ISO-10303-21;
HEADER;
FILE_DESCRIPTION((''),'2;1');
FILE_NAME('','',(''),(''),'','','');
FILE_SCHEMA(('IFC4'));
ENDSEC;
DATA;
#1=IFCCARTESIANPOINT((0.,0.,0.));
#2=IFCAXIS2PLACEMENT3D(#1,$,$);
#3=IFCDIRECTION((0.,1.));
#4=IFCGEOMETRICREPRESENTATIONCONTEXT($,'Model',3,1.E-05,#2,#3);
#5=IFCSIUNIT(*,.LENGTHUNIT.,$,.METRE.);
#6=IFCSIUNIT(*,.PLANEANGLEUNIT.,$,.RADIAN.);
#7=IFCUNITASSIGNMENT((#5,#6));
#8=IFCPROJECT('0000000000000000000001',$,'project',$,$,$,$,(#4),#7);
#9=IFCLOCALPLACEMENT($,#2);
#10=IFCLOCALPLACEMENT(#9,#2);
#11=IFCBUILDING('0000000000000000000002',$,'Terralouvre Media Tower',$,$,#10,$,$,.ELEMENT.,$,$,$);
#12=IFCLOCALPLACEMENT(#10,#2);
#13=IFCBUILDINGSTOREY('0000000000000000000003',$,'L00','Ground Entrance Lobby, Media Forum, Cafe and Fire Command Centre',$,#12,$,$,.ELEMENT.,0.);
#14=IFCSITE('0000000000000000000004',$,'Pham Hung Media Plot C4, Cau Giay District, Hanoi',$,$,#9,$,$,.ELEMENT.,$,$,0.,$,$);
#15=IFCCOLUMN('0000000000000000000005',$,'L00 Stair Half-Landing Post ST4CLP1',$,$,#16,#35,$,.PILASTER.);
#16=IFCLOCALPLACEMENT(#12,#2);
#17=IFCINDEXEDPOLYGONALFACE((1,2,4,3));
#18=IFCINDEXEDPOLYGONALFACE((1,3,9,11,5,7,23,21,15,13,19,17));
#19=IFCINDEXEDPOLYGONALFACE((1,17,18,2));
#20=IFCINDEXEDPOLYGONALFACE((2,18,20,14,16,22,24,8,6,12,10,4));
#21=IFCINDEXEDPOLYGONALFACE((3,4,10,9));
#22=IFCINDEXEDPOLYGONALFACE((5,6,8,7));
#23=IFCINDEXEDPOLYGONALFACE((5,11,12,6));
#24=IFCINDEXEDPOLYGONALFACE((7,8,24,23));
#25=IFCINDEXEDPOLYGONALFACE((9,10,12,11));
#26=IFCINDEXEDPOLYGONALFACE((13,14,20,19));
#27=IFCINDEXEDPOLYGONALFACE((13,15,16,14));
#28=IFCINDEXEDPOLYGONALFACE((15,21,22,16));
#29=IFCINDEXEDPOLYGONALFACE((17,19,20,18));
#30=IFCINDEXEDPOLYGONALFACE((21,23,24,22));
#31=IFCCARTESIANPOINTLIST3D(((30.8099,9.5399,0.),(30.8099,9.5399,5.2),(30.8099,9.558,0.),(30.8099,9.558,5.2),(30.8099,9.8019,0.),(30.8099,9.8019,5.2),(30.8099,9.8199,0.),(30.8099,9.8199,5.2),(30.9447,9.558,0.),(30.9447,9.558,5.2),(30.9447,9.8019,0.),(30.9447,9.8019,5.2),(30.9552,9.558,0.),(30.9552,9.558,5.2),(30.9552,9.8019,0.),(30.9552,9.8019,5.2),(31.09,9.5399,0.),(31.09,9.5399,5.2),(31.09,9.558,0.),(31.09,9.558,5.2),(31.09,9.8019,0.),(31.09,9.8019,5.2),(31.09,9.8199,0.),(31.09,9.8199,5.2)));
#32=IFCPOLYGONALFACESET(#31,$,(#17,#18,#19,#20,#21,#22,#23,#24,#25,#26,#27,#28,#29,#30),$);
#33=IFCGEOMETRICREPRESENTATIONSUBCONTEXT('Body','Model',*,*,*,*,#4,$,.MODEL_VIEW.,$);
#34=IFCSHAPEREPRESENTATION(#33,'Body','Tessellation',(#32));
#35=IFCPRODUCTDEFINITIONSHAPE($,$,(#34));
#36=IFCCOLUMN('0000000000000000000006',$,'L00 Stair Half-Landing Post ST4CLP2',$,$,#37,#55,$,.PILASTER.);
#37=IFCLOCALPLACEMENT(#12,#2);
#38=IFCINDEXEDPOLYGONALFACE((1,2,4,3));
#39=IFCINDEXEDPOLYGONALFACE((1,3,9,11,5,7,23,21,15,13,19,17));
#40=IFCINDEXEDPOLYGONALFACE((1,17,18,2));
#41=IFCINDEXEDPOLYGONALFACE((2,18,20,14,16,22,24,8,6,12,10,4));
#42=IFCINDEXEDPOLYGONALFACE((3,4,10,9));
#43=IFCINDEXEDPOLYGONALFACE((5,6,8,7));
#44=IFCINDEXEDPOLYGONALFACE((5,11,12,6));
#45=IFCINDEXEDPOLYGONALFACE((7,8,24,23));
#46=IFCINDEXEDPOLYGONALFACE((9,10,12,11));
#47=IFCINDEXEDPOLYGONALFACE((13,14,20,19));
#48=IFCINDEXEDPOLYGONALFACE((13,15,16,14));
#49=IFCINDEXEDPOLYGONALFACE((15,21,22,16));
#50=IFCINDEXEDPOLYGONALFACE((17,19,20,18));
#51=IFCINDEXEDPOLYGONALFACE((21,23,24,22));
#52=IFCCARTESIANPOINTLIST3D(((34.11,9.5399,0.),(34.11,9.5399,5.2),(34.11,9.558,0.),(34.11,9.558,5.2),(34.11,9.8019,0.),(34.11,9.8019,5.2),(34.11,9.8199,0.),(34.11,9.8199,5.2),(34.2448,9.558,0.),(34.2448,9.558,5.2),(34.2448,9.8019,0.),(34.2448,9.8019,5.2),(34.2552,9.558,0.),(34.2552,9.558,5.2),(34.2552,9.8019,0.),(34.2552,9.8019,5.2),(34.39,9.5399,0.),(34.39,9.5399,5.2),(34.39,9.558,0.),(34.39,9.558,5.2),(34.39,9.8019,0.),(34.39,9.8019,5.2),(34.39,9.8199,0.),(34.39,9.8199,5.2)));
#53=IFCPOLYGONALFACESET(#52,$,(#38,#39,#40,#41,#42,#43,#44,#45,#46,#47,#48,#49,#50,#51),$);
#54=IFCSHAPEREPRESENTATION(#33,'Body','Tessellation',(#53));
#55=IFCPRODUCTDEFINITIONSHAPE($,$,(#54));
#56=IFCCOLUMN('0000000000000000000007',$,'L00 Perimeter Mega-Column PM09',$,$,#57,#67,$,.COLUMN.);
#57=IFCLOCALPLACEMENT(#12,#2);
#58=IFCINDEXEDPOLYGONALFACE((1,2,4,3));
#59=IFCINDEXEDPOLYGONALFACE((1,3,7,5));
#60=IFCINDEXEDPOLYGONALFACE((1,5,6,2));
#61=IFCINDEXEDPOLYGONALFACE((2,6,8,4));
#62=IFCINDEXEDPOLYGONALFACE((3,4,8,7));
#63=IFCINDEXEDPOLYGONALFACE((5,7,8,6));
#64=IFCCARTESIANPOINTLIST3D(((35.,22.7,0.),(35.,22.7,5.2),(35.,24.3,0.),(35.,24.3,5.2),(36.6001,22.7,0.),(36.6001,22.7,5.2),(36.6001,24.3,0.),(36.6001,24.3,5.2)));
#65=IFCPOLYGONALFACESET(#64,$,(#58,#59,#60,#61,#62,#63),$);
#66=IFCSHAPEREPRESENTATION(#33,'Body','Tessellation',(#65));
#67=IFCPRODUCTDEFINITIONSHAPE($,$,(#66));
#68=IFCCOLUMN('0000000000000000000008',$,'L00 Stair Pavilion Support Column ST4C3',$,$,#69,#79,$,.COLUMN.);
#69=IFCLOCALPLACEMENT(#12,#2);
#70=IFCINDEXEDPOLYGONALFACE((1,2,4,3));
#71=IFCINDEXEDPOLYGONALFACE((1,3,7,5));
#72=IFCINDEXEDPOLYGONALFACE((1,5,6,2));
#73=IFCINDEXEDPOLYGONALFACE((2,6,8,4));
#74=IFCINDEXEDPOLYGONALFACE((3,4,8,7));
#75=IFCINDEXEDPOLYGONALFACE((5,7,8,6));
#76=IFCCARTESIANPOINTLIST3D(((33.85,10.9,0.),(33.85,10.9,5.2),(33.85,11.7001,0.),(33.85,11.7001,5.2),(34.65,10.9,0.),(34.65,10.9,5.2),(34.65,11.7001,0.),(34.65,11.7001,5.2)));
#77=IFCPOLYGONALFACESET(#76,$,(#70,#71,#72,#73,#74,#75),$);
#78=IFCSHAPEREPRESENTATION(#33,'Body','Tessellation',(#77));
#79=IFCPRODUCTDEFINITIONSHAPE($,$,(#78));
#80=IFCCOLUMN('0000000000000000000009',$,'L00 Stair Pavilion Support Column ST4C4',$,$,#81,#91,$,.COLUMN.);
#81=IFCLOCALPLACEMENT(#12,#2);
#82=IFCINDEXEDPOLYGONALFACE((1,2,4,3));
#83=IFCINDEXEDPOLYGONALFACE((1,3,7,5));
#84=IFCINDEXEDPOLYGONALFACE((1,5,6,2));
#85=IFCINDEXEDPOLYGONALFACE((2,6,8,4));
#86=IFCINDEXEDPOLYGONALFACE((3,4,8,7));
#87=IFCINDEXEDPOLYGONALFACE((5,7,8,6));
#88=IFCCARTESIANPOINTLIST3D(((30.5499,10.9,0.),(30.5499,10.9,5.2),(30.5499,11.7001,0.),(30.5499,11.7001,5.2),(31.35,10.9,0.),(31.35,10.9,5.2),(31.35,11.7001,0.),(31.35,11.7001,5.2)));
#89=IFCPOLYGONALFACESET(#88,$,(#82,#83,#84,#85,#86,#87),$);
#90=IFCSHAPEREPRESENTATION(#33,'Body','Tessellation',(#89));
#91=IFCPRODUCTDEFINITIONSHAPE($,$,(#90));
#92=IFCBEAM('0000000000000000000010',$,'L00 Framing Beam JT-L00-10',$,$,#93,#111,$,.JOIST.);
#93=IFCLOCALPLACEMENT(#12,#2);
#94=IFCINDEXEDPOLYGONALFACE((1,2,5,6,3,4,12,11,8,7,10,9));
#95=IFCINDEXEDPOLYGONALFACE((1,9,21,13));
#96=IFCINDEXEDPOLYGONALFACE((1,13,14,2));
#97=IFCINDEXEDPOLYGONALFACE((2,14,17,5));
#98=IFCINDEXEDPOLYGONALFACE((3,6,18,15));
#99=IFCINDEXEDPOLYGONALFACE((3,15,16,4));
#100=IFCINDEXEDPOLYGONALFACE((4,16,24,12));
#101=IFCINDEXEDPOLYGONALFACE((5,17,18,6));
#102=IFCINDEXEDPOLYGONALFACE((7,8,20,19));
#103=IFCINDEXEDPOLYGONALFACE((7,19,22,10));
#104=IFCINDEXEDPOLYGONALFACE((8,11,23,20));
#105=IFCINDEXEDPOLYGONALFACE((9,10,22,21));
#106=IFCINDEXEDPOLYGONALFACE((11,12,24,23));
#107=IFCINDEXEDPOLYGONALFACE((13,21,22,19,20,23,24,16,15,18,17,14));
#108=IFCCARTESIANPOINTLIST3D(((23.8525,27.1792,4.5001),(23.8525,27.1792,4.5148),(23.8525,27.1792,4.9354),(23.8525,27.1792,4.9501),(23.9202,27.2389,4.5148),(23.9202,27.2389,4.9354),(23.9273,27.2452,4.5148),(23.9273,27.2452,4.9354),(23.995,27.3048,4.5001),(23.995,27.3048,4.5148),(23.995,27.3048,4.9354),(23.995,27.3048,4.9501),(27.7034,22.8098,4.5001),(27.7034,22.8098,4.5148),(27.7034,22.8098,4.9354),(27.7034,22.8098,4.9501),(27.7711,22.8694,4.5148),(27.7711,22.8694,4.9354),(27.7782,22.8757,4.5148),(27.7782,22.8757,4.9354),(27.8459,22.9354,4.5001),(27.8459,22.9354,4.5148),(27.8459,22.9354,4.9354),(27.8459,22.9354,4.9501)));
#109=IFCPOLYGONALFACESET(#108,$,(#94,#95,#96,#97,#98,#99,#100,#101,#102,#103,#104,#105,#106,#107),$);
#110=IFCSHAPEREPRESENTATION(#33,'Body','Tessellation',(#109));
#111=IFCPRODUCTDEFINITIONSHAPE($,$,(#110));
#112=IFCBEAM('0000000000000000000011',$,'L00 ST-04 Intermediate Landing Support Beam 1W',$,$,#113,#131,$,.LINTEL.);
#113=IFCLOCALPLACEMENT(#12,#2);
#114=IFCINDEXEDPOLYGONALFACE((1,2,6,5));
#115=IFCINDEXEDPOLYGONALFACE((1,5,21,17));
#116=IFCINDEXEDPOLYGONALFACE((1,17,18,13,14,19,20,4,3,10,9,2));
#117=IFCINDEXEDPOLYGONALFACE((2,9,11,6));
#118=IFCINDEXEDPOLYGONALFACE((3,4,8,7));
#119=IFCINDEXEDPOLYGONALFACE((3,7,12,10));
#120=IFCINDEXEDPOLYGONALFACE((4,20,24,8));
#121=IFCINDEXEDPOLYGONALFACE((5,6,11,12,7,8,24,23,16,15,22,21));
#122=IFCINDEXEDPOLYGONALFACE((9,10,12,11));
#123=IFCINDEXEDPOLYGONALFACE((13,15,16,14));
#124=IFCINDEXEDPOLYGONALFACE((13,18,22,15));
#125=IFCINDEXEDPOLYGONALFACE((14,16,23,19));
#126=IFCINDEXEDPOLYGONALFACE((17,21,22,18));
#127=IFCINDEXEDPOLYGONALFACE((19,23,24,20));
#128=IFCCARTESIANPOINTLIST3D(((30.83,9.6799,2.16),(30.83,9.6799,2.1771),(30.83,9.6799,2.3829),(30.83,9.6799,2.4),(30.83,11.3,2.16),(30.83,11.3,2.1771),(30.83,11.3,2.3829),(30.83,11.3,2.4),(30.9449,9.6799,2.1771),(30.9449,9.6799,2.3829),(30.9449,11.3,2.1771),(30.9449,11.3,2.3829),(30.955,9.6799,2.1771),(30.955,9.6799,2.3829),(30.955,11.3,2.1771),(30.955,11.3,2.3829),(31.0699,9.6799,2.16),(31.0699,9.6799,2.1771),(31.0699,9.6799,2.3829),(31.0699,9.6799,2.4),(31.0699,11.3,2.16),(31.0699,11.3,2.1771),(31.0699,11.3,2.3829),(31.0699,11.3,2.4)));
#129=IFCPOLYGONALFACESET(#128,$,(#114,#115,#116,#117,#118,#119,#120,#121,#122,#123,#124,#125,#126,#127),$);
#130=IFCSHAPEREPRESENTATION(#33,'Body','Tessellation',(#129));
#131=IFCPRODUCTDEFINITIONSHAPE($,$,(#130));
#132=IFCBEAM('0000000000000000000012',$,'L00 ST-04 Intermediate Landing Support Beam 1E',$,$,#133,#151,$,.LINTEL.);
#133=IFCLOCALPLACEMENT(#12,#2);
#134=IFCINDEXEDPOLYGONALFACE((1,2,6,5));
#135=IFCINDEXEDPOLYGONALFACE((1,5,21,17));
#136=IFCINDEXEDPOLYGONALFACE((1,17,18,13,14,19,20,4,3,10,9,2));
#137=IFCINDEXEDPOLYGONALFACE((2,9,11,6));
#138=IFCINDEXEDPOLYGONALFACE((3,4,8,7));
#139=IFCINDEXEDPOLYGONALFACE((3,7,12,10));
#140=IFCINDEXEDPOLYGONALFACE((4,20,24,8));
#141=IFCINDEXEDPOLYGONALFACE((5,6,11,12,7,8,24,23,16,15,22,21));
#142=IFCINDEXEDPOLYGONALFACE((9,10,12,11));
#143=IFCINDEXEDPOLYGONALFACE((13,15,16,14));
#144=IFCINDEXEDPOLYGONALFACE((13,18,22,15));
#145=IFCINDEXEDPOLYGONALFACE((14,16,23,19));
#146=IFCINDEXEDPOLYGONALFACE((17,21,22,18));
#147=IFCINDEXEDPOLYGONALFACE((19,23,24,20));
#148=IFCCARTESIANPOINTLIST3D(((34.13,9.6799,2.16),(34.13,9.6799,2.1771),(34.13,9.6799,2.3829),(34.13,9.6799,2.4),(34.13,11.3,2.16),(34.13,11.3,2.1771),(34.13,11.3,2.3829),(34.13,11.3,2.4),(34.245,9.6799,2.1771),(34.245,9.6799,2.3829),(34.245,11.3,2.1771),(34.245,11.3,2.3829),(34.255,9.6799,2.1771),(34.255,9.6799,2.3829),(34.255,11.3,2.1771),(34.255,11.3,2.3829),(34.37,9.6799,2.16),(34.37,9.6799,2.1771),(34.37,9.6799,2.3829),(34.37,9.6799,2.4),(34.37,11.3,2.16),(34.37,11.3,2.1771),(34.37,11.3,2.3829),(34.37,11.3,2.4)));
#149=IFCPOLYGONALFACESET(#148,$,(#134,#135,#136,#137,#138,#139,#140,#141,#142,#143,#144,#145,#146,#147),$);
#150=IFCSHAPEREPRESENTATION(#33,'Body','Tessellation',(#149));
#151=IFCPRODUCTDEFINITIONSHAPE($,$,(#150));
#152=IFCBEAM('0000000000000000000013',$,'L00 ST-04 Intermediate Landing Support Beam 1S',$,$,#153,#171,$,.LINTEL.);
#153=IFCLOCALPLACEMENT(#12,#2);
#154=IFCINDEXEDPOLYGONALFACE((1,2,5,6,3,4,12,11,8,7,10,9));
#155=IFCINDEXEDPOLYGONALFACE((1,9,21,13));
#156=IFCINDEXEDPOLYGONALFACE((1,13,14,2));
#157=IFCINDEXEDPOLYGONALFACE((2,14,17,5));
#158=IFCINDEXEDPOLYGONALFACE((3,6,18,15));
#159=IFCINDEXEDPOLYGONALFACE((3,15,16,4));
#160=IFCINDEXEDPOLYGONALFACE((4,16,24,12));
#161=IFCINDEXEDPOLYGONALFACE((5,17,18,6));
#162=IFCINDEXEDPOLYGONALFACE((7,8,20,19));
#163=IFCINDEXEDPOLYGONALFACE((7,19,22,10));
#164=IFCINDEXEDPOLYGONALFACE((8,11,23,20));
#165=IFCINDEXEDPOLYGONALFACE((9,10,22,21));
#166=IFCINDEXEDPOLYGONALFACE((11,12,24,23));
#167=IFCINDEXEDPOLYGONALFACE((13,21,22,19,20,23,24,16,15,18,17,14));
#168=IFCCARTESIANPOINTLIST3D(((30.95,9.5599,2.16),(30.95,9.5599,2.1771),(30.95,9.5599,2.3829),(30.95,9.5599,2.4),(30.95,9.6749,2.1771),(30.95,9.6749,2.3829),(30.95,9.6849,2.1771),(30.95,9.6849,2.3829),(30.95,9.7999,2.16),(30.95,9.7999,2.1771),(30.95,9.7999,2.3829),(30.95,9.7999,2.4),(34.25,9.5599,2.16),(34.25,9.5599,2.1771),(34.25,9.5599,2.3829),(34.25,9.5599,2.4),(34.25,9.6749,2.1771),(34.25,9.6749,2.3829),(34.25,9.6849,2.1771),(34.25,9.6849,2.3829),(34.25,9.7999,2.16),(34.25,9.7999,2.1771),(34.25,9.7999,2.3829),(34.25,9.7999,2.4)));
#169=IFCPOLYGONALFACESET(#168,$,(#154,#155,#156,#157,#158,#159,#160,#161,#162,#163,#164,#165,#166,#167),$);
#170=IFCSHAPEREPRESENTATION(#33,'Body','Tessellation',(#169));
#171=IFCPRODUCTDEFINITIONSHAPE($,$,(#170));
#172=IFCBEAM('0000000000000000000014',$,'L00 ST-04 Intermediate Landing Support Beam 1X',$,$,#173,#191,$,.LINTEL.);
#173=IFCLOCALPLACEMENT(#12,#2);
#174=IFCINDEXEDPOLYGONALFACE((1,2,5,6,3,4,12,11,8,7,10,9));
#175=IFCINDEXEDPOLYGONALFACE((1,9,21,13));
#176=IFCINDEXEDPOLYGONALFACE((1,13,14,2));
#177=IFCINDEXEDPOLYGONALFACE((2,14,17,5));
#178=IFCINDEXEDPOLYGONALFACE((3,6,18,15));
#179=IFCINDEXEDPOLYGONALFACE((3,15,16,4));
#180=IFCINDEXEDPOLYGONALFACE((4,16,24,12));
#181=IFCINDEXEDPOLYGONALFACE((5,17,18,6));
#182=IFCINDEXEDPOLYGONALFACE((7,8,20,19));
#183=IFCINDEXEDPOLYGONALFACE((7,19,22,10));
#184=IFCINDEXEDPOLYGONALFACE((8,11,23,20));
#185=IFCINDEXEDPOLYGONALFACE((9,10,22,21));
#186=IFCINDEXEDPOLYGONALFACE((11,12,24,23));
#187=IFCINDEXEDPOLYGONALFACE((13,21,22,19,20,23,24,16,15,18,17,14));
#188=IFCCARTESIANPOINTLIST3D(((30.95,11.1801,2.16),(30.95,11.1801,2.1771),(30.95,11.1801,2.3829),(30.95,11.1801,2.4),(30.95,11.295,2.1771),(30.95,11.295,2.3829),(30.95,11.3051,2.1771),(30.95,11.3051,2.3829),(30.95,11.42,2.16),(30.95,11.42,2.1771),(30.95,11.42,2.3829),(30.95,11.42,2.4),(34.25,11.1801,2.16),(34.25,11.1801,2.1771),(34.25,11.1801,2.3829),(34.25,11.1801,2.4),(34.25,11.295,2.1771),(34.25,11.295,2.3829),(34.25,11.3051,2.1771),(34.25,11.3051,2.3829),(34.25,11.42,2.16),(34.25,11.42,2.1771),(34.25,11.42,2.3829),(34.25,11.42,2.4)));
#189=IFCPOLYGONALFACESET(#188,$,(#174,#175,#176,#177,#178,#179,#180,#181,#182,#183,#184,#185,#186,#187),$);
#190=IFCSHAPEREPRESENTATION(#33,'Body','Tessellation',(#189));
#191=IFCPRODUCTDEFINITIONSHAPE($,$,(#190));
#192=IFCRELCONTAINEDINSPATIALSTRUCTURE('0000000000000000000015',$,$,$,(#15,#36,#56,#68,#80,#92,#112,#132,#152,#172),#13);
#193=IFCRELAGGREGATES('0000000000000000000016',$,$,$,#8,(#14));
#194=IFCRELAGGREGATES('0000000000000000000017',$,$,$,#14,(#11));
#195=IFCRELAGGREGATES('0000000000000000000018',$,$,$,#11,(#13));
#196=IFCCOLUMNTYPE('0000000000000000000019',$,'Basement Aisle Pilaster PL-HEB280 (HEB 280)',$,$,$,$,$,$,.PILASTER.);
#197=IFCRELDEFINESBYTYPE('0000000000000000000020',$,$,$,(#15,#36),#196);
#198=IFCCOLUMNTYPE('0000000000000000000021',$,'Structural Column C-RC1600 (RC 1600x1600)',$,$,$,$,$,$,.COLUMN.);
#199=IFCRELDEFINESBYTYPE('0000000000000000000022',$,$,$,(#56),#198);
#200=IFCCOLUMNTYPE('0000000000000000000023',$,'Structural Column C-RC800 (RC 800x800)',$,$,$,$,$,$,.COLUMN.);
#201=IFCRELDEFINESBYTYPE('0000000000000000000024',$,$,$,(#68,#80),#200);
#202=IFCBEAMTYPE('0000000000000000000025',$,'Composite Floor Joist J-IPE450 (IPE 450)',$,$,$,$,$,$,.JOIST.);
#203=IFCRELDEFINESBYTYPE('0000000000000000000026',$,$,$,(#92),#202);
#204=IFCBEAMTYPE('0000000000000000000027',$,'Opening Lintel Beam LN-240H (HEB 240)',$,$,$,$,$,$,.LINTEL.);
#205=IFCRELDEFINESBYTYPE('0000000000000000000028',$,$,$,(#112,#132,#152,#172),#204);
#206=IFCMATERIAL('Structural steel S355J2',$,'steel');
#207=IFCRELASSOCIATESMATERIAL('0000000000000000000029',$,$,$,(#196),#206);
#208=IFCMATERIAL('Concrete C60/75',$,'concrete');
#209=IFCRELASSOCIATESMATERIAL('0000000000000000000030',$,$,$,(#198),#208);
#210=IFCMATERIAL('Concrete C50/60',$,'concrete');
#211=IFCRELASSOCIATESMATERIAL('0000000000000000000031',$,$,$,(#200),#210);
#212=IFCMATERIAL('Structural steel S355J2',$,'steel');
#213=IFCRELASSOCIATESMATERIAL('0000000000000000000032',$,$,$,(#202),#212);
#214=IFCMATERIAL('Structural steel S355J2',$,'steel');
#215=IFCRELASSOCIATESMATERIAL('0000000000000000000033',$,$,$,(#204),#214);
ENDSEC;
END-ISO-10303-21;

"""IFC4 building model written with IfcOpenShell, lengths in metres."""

from ifc_helpers import new_model, si_unit, direction, frame, origin, origin_2d, place, context, subcontext, project, spatial, rectangle, i_section, extrude, material, material_profile, profile_set, type_object, element, save


model = new_model("IFC4")

# Units and contexts
model_context = context("Model", 3, precision=1e-05, world=origin(), true_north=direction((0.0, 1.0)))
body_context = subcontext(model_context, "Body", "Model", "MODEL_VIEW")
ifc_project = project(units=[si_unit("LENGTHUNIT", "METRE"), si_unit("PLANEANGLEUNIT", "RADIAN")], contexts=[model_context])

# Site, building, storey
site_placement = place(None, origin())
site = spatial("IfcSite", under=ifc_project, at=site_placement, Name="Pham Hung Media Plot C4, Cau Giay District, Hanoi", CompositionType="ELEMENT", RefElevation=0.0)
building_placement = place(site_placement, origin())
building = spatial("IfcBuilding", under=site, at=building_placement, Name="Terralouvre Media Tower", CompositionType="ELEMENT")
storey_placement = place(building_placement, origin())
storey = spatial("IfcBuildingStorey", under=building, at=storey_placement, Name="L00", Description="Ground Entrance Lobby, Media Forum, Cafe and Fire Command Centre", CompositionType="ELEMENT", Elevation=0.0)

# Columns
ifc_material_1 = material(Name="Structural steel S355J2", Category="steel")
ifc_material_profile_1 = material_profile(ifc_material_1, i_section(OverallWidth=0.28, OverallDepth=0.28, WebThickness=0.0105, FlangeThickness=0.0181, at=origin_2d()), Name="HEB 280")
ifc_profile_set_1 = profile_set([ifc_material_profile_1], Name="Structural steel S355J2")
column_type_1 = type_object("IfcColumnType", Name="Basement Aisle Pilaster PL-HEB280 (HEB 280)", PredefinedType="PILASTER", material=ifc_profile_set_1)
for number, where, z_axis, x_axis, name in (
    (1, (30.95, 9.6799, 0.0), (0.0, 0.0, 1.0), (1.0, 0.0, 0.0), "L00 Stair Half-Landing Post ST4CLP1"),
    (2, (34.25, 9.6799, 0.0), (0.0, 0.0, 1.0), (1.0, 0.0, 0.0), "L00 Stair Half-Landing Post ST4CLP2"),
):
    element("IfcColumn", number, at=place(storey_placement, frame(where, z_axis=z_axis, x_axis=x_axis)), inside=storey, type_object=column_type_1, Name=name, PredefinedType="PILASTER", context=body_context, shape_type="SweptSolid", body=[
        extrude(i_section(OverallWidth=0.28, OverallDepth=0.28, WebThickness=0.0105, FlangeThickness=0.0181, at=origin_2d()), origin(), (0.0, 0.0, 1.0), 5.2),
    ])
ifc_material_2 = material(Name="Concrete C60/75", Category="concrete")
ifc_material_profile_2 = material_profile(ifc_material_2, rectangle(XDim=1.6001, YDim=1.6001, at=origin_2d()), Name="RC 1600x1600")
ifc_profile_set_2 = profile_set([ifc_material_profile_2], Name="Concrete C60/75")
column_type_2 = type_object("IfcColumnType", Name="Structural Column C-RC1600 (RC 1600x1600)", PredefinedType="COLUMN", material=ifc_profile_set_2)
column_placement = place(storey_placement, frame((35.8, 23.5, 0.0), z_axis=(0.0, 0.0, 1.0), x_axis=(1.0, 0.0, 0.0)))
element("IfcColumn", 3, at=column_placement, inside=storey, type_object=column_type_2, Name="L00 Perimeter Mega-Column PM09", PredefinedType="COLUMN", context=body_context, shape_type="SweptSolid", body=[
    extrude(rectangle(XDim=1.6001, YDim=1.6001, at=origin_2d()), origin(), (0.0, 0.0, 1.0), 5.2),
])
ifc_material_3 = material(Name="Concrete C50/60", Category="concrete")
ifc_material_profile_3 = material_profile(ifc_material_3, rectangle(XDim=0.8, YDim=0.8, at=origin_2d()), Name="RC 800x800")
ifc_profile_set_3 = profile_set([ifc_material_profile_3], Name="Concrete C50/60")
column_type_3 = type_object("IfcColumnType", Name="Structural Column C-RC800 (RC 800x800)", PredefinedType="COLUMN", material=ifc_profile_set_3)
for number, where, z_axis, x_axis, name in (
    (4, (34.25, 11.3, 0.0), (0.0, 0.0, 1.0), (1.0, 0.0, 0.0), "L00 Stair Pavilion Support Column ST4C3"),
    (5, (30.95, 11.3, 0.0), (0.0, 0.0, 1.0), (1.0, 0.0, 0.0), "L00 Stair Pavilion Support Column ST4C4"),
):
    element("IfcColumn", number, at=place(storey_placement, frame(where, z_axis=z_axis, x_axis=x_axis)), inside=storey, type_object=column_type_3, Name=name, PredefinedType="COLUMN", context=body_context, shape_type="SweptSolid", body=[
        extrude(rectangle(XDim=0.8, YDim=0.8, at=origin_2d()), origin(), (0.0, 0.0, 1.0), 5.2),
    ])

# Beams
ifc_material_4 = material(Name="Structural steel S355J2", Category="steel")
ifc_material_profile_4 = material_profile(ifc_material_4, i_section(OverallWidth=0.1899, OverallDepth=0.45, WebThickness=0.0095, FlangeThickness=0.0146, at=origin_2d()), Name="IPE 450")
ifc_profile_set_4 = profile_set([ifc_material_profile_4], Name="Structural steel S355J2")
beam_type_1 = type_object("IfcBeamType", Name="Composite Floor Joist J-IPE450 (IPE 450)", PredefinedType="JOIST", material=ifc_profile_set_4)
beam_1_placement = place(storey_placement, frame((27.7747, 22.8726, 4.7251), z_axis=(-0.661186, 0.750222, 0.0), x_axis=(-0.750222, -0.661186, 0.0)))
element("IfcBeam", 6, at=beam_1_placement, inside=storey, type_object=beam_type_1, Name="L00 Framing Beam JT-L00-10", PredefinedType="JOIST", context=body_context, shape_type="SweptSolid", body=[
    extrude(i_section(OverallWidth=0.1899, OverallDepth=0.45, WebThickness=0.0095, FlangeThickness=0.0146, at=origin_2d()), origin(), (0.0, 0.0, 1.0), 5.8242),
])
ifc_material_5 = material(Name="Structural steel S355J2", Category="steel")
ifc_material_profile_5 = material_profile(ifc_material_5, i_section(OverallWidth=0.24, OverallDepth=0.24, WebThickness=0.01, FlangeThickness=0.0171, at=origin_2d()), Name="HEB 240")
ifc_profile_set_5 = profile_set([ifc_material_profile_5], Name="Structural steel S355J2")
beam_type_2 = type_object("IfcBeamType", Name="Opening Lintel Beam LN-240H (HEB 240)", PredefinedType="LINTEL", material=ifc_profile_set_5)
for number, where, z_axis, x_axis, name in (
    (7, (30.95, 9.6799, 2.28), (0.0, 1.0, 0.0), (-1.0, 0.0, 0.0), "L00 ST-04 Intermediate Landing Support Beam 1W"),
    (8, (34.25, 9.6799, 2.28), (0.0, 1.0, 0.0), (-1.0, 0.0, 0.0), "L00 ST-04 Intermediate Landing Support Beam 1E"),
):
    element("IfcBeam", number, at=place(storey_placement, frame(where, z_axis=z_axis, x_axis=x_axis)), inside=storey, type_object=beam_type_2, Name=name, PredefinedType="LINTEL", context=body_context, shape_type="SweptSolid", body=[
        extrude(i_section(OverallWidth=0.24, OverallDepth=0.24, WebThickness=0.01, FlangeThickness=0.0171, at=origin_2d()), origin(), (0.0, 0.0, 1.0), 1.6201),
    ])
for number, where, z_axis, x_axis, name in (
    (9, (30.95, 9.6799, 2.28), (1.0, 0.0, 0.0), (0.0, 1.0, 0.0), "L00 ST-04 Intermediate Landing Support Beam 1S"),
    (10, (30.95, 11.3, 2.28), (1.0, 0.0, 0.0), (0.0, 1.0, 0.0), "L00 ST-04 Intermediate Landing Support Beam 1X"),
):
    element("IfcBeam", number, at=place(storey_placement, frame(where, z_axis=z_axis, x_axis=x_axis)), inside=storey, type_object=beam_type_2, Name=name, PredefinedType="LINTEL", context=body_context, shape_type="SweptSolid", body=[
        extrude(i_section(OverallWidth=0.24, OverallDepth=0.24, WebThickness=0.01, FlangeThickness=0.0171, at=origin_2d()), origin(), (0.0, 0.0, 1.0), 3.3),
    ])

save(model, "model.ifc")
